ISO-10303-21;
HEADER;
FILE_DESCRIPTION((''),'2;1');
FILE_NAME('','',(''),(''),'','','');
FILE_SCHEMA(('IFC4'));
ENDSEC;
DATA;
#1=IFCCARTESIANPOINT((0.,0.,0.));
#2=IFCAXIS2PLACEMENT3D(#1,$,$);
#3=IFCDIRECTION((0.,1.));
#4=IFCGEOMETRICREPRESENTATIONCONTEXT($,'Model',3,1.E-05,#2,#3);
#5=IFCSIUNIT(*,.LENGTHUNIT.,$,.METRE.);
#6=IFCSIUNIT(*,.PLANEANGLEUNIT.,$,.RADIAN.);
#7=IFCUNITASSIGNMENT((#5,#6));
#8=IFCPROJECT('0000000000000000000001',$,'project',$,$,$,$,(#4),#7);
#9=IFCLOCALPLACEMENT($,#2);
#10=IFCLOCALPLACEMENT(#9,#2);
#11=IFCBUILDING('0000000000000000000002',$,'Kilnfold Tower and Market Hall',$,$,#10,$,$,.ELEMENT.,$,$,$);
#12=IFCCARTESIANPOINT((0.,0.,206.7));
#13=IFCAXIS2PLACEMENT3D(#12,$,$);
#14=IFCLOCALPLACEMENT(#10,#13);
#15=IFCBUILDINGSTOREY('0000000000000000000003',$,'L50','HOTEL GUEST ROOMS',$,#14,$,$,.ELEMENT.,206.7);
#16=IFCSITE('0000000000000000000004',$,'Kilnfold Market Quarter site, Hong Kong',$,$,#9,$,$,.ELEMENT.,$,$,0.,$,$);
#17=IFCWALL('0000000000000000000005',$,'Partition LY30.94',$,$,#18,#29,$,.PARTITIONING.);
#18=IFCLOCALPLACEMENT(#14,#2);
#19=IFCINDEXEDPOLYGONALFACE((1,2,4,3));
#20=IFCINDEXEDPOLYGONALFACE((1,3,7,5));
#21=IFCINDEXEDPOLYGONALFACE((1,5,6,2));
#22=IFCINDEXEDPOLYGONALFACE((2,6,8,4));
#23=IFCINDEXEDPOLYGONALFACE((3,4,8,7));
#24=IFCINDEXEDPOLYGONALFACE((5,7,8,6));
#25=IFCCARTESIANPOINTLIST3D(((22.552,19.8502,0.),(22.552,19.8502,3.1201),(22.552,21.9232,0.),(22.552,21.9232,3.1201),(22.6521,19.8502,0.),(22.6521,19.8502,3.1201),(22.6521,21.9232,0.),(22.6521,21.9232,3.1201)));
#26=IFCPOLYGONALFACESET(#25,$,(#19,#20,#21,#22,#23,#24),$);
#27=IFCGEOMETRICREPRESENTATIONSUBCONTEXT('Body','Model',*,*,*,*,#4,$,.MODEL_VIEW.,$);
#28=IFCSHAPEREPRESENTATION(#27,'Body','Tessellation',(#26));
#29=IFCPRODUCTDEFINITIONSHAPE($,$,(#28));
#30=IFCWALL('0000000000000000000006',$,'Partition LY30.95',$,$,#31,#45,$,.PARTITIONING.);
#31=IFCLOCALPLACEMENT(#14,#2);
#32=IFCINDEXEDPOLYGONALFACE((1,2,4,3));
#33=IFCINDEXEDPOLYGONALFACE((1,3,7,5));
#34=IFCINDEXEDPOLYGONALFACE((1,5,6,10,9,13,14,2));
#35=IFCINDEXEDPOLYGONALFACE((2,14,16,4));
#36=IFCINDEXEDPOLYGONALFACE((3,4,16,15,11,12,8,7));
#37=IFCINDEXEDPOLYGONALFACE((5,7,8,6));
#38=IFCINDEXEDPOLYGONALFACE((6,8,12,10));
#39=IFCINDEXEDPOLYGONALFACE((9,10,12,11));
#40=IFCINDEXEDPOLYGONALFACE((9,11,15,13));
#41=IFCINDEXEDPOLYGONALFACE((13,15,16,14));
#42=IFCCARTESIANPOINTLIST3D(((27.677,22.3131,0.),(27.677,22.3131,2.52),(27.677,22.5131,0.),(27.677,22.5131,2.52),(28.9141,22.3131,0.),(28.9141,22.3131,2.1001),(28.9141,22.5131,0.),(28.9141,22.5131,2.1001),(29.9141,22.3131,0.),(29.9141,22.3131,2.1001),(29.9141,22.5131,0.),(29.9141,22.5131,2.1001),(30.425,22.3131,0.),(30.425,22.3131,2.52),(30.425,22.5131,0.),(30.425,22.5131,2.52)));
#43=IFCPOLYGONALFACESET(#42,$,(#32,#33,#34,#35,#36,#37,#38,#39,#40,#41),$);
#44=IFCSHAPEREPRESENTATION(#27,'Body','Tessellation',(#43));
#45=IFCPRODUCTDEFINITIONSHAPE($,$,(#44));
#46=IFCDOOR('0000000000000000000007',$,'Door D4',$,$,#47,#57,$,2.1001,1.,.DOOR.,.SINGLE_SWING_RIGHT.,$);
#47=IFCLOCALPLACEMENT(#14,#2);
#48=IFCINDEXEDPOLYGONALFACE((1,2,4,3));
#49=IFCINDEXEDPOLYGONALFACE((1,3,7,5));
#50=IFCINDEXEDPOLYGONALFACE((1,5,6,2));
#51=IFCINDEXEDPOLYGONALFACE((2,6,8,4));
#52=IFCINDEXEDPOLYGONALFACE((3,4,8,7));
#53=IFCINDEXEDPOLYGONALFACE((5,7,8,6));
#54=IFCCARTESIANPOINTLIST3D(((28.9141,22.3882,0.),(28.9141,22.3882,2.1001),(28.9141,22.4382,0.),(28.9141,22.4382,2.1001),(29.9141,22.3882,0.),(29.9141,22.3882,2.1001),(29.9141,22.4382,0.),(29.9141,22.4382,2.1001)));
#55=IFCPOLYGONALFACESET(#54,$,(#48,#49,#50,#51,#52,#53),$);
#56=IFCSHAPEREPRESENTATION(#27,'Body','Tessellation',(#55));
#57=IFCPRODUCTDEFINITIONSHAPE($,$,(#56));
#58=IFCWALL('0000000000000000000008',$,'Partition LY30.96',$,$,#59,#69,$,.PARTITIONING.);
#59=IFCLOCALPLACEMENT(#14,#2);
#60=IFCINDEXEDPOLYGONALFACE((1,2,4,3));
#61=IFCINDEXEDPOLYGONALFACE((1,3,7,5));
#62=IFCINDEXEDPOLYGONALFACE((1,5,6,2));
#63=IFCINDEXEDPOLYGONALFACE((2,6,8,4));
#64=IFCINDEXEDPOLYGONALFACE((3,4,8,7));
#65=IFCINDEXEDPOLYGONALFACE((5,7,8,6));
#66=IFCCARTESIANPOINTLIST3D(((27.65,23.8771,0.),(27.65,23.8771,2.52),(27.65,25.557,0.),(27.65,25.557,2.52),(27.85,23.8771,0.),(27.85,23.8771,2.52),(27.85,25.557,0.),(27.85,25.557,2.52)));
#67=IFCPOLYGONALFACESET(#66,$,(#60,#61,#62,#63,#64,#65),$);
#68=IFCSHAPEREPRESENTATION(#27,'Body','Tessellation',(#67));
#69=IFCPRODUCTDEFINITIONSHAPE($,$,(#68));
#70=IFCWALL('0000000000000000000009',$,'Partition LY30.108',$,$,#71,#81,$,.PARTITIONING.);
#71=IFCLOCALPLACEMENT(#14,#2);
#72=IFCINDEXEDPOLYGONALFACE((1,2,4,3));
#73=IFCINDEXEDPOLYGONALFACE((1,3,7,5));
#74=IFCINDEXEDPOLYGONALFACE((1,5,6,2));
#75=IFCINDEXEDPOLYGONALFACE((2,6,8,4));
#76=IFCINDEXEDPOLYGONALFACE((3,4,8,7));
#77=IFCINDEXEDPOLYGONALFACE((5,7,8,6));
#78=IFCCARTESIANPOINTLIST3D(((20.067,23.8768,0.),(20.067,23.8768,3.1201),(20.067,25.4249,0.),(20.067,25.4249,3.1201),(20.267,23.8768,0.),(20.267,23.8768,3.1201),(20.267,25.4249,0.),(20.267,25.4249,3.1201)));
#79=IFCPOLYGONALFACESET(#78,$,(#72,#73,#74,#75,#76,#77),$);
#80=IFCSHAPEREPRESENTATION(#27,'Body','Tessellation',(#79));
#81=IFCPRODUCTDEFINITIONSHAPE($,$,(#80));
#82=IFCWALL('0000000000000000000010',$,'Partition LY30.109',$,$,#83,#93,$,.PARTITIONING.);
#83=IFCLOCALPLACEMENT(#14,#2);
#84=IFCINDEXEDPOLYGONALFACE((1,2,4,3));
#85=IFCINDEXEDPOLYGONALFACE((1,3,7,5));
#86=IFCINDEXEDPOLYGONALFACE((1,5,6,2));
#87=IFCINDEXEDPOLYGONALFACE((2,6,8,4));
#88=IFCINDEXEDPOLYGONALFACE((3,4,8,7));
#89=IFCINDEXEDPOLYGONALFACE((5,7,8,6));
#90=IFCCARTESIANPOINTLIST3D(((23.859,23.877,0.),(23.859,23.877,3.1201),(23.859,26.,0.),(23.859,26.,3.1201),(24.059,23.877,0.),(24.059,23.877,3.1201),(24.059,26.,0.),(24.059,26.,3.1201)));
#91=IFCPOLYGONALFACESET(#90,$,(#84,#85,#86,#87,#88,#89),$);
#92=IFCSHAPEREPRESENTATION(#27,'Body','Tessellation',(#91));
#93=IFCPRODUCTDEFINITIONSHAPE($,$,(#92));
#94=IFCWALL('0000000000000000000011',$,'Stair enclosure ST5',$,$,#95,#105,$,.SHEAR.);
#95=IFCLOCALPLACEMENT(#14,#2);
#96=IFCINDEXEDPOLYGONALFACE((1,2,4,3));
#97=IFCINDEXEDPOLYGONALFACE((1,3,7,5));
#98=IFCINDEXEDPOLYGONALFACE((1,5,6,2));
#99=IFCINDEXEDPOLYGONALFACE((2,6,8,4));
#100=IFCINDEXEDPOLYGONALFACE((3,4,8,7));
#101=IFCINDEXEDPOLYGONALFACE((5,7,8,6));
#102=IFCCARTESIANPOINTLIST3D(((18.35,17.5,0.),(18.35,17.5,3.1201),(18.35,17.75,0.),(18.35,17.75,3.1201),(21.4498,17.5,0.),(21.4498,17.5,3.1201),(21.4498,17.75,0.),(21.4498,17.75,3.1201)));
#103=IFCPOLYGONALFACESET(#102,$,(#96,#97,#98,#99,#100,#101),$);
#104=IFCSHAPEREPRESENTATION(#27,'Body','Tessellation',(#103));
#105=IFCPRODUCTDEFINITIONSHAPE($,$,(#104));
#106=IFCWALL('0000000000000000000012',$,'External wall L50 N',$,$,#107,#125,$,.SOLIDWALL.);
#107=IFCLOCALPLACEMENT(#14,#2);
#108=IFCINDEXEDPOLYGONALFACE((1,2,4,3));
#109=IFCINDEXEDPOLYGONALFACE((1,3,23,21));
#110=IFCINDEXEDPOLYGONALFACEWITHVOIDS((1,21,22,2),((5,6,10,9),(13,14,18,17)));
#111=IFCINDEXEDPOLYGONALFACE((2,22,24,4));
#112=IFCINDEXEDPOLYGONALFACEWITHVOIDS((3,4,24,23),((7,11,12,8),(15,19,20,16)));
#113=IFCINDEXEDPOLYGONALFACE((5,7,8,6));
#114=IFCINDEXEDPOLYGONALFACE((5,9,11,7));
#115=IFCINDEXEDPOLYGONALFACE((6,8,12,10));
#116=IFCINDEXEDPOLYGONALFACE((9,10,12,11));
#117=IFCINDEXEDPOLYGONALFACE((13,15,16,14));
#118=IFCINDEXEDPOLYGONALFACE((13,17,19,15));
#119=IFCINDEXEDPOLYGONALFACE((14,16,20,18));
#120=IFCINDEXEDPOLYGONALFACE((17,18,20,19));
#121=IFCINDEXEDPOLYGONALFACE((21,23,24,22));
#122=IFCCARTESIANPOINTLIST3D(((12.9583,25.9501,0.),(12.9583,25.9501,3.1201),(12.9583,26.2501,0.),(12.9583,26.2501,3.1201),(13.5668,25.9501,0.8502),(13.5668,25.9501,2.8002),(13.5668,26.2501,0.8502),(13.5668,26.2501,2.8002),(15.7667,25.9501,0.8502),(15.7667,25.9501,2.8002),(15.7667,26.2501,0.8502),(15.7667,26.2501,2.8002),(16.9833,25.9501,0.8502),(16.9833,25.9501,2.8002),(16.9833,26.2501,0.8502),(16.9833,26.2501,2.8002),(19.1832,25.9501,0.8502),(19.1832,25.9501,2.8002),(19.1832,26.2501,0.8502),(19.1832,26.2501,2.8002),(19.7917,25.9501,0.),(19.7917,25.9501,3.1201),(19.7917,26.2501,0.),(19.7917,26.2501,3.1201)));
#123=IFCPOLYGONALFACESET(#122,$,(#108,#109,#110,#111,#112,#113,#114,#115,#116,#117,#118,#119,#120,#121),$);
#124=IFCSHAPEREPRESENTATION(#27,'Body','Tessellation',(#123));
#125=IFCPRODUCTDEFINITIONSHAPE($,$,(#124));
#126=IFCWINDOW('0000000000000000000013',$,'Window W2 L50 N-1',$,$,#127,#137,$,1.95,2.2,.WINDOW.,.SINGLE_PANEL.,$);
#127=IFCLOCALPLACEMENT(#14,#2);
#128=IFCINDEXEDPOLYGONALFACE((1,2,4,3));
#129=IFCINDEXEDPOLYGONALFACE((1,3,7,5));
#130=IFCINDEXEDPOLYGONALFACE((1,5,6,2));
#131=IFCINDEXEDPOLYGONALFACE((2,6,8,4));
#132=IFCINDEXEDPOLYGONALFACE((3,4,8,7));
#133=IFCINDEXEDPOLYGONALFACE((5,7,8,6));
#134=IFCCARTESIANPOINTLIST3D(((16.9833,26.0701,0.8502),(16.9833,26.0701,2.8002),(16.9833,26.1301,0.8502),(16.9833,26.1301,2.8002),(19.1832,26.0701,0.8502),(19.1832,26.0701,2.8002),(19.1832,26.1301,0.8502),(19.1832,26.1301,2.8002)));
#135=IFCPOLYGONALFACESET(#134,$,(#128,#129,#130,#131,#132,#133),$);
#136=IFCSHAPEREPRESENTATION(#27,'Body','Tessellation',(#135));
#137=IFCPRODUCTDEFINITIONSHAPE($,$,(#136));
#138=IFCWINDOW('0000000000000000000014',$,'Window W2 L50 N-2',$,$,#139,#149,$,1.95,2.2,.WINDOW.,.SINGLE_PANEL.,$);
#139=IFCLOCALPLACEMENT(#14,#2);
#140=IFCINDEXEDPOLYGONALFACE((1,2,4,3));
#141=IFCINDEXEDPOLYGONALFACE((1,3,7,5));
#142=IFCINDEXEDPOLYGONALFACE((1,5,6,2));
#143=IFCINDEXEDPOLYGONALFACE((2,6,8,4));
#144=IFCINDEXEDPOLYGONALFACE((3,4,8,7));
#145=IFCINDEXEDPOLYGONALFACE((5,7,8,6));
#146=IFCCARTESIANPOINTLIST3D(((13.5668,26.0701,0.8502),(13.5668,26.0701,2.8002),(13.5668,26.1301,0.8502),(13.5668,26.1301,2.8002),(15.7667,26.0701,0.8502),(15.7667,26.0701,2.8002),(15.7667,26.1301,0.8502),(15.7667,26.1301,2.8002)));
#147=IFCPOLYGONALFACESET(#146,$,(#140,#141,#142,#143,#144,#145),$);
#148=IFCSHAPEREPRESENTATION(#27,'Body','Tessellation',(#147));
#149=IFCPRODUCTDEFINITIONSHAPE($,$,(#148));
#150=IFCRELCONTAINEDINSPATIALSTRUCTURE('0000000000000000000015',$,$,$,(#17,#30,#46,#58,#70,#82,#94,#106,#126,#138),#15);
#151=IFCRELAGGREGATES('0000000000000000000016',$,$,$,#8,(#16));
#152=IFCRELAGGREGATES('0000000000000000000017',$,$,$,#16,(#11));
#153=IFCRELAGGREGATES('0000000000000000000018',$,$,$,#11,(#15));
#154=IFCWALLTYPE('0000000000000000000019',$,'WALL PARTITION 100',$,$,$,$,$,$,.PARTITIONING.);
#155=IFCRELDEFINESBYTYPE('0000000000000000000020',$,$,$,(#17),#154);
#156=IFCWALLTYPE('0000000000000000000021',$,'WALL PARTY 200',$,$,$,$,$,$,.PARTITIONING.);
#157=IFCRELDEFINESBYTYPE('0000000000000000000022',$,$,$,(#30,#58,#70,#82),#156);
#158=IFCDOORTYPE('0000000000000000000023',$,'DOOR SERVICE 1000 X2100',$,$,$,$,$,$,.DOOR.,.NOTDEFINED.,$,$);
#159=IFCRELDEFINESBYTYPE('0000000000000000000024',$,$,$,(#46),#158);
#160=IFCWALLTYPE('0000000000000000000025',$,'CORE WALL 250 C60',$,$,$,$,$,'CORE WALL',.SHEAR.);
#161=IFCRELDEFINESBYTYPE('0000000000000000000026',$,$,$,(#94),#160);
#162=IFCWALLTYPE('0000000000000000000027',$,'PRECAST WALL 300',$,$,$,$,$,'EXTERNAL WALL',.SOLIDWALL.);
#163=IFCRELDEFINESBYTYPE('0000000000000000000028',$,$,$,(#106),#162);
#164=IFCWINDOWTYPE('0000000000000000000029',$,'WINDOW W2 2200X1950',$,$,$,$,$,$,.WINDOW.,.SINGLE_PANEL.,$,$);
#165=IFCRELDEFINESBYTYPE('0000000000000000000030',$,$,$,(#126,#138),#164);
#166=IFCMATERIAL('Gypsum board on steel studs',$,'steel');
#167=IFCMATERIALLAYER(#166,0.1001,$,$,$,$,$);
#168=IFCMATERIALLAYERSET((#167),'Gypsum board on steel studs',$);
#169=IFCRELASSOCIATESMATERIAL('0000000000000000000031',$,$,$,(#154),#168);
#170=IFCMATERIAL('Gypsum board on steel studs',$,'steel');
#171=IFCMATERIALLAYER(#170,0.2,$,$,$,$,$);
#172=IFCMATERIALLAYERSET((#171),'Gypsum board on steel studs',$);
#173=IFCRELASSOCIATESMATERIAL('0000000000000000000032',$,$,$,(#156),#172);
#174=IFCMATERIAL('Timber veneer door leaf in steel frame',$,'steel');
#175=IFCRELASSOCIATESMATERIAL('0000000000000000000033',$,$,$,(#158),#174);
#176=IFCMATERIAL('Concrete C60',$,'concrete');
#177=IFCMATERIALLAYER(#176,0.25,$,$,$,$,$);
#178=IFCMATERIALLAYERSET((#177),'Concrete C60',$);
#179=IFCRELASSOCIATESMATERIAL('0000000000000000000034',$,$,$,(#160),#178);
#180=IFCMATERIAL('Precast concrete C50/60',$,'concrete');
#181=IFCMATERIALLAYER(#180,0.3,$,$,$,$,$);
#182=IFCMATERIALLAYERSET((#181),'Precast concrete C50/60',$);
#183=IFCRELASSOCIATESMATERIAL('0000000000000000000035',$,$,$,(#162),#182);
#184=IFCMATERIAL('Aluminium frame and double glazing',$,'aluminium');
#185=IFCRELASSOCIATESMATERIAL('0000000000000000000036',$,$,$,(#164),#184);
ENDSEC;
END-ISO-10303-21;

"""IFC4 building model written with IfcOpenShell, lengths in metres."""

from ifc_helpers import new_model, si_unit, direction, frame, frame_2d, origin, place, context, subcontext, project, spatial, rectangle, extrude, source, transform, mapped, material, layer, layer_set, type_object, element, fill, save


model = new_model("IFC4")

# Units and contexts
model_context = context("Model", 3, precision=1e-05, world=origin(), true_north=direction((0.0, 1.0)))
body_context = subcontext(model_context, "Body", "Model", "MODEL_VIEW")
ifc_project = project(units=[si_unit("LENGTHUNIT", "METRE"), si_unit("PLANEANGLEUNIT", "RADIAN")], contexts=[model_context])

# Site, building, storey
site_placement = place(None, origin())
site = spatial("IfcSite", under=ifc_project, at=site_placement, Name="Kilnfold Market Quarter site, Hong Kong", CompositionType="ELEMENT", RefElevation=0.0)
building_placement = place(site_placement, origin())
building = spatial("IfcBuilding", under=site, at=building_placement, Name="Kilnfold Tower and Market Hall", CompositionType="ELEMENT")
storey_placement = place(building_placement, frame((0.0, 0.0, 206.7)))
storey = spatial("IfcBuildingStorey", under=building, at=storey_placement, Name="L50", Description="HOTEL GUEST ROOMS", CompositionType="ELEMENT", Elevation=206.7)

# Shared definitions
ifc_material_1 = material(Name="Gypsum board on steel studs", Category="steel")
ifc_layer_1 = layer(ifc_material_1, 0.1001)
ifc_layer_set_1 = layer_set([ifc_layer_1], Name="Gypsum board on steel studs")
wall_type_1 = type_object("IfcWallType", Name="WALL PARTITION 100", PredefinedType="PARTITIONING", material=ifc_layer_set_1)

# Wall
wall_1_placement = place(storey_placement, frame((22.6021, 19.8501, 0.0), z_axis=(0.0, 0.0, 1.0), x_axis=(0.0, 1.0, 0.0)))
element("IfcWall", 1, at=wall_1_placement, inside=storey, type_object=wall_type_1, Name="Partition LY30.94", PredefinedType="PARTITIONING", context=body_context, shape_type="SweptSolid", body=[
    extrude(rectangle(XDim=2.073, YDim=0.1001, at=frame_2d((1.0366, 0.0))), origin(), (0.0, 0.0, 1.0), 3.1201),
])

# Wall, opening, door
ifc_material_2 = material(Name="Gypsum board on steel studs", Category="steel")
ifc_layer_2 = layer(ifc_material_2, 0.2)
ifc_layer_set_2 = layer_set([ifc_layer_2], Name="Gypsum board on steel studs")
wall_type_2 = type_object("IfcWallType", Name="WALL PARTY 200", PredefinedType="PARTITIONING", material=ifc_layer_set_2)
wall_2_placement = place(storey_placement, frame((30.425, 22.4131, 0.0), z_axis=(0.0, 0.0, 1.0), x_axis=(-1.0, 0.0, 0.0)))
wall_2 = element("IfcWall", 2, at=wall_2_placement, inside=storey, type_object=wall_type_2, Name="Partition LY30.95", PredefinedType="PARTITIONING", context=body_context, shape_type="SweptSolid", body=[
    extrude(rectangle(XDim=2.748, YDim=0.2, at=frame_2d((1.374, 0.0))), origin(), (0.0, 0.0, 1.0), 2.52),
])
opening_1_placement = place(wall_2_placement, frame((0.511, 0.0, 0.0)))
opening_1 = element("IfcOpeningElement", 3, at=opening_1_placement, cuts=wall_2, PredefinedType="OPENING", context=body_context, shape_type="SweptSolid", body=[
    extrude(rectangle(XDim=1.0, YDim=2.1001, at=frame_2d((0.5, 1.05))), frame((0.0, 0.1099, 0.0), z_axis=(0.0, -1.0, 0.0), x_axis=(1.0, 0.0, 0.0)), (0.0, 0.0, 1.0), 0.22),
])
ifc_material_3 = material(Name="Timber veneer door leaf in steel frame", Category="steel")
door_type_1 = type_object("IfcDoorType", Name="DOOR SERVICE 1000 X2100", OperationType="NOTDEFINED", PredefinedType="DOOR", material=ifc_material_3)
door_1_placement = place(opening_1_placement, origin())
door_1 = element("IfcDoor", 4, at=door_1_placement, inside=storey, type_object=door_type_1, Name="Door D4", OperationType="SINGLE_SWING_RIGHT", OverallHeight=2.1001, OverallWidth=1.0, PredefinedType="DOOR", context=body_context, shape_type="SweptSolid", body=[
    extrude(rectangle(XDim=1.0, YDim=2.1001, at=frame_2d((0.5, 1.05))), frame((0.0, 0.0249, 0.0), z_axis=(0.0, -1.0, 0.0), x_axis=(1.0, 0.0, 0.0)), (0.0, 0.0, 1.0), 0.05),
])
fill(opening_1, door_1)

# Walls
wall_3_placement = place(storey_placement, frame((27.75, 25.5569, 0.0), z_axis=(0.0, 0.0, 1.0), x_axis=(0.0, -1.0, 0.0)))
element("IfcWall", 5, at=wall_3_placement, inside=storey, type_object=wall_type_2, Name="Partition LY30.96", PredefinedType="PARTITIONING", context=body_context, shape_type="SweptSolid", body=[
    extrude(rectangle(XDim=1.6799, YDim=0.2, at=frame_2d((0.8398, 0.0))), origin(), (0.0, 0.0, 1.0), 2.52),
])
wall_4_placement = place(storey_placement, frame((20.167, 23.877, 0.0), z_axis=(0.0, 0.0, 1.0), x_axis=(0.0, 1.0, 0.0)))
element("IfcWall", 6, at=wall_4_placement, inside=storey, type_object=wall_type_2, Name="Partition LY30.108", PredefinedType="PARTITIONING", context=body_context, shape_type="SweptSolid", body=[
    extrude(rectangle(XDim=1.5481, YDim=0.2, at=frame_2d((0.7739, 0.0))), origin(), (0.0, 0.0, 1.0), 3.1201),
])
wall_5_placement = place(storey_placement, frame((23.959, 23.877, 0.0), z_axis=(0.0, 0.0, 1.0), x_axis=(0.0, 1.0, 0.0)))
element("IfcWall", 7, at=wall_5_placement, inside=storey, type_object=wall_type_2, Name="Partition LY30.109", PredefinedType="PARTITIONING", context=body_context, shape_type="SweptSolid", body=[
    extrude(rectangle(XDim=2.123, YDim=0.2, at=frame_2d((1.0615, 0.0))), origin(), (0.0, 0.0, 1.0), 3.1201),
])
ifc_material_4 = material(Name="Concrete C60", Category="concrete")
ifc_layer_3 = layer(ifc_material_4, 0.25)
ifc_layer_set_3 = layer_set([ifc_layer_3], Name="Concrete C60")
wall_type_3 = type_object("IfcWallType", Name="CORE WALL 250 C60", ElementType="CORE WALL", PredefinedType="SHEAR", material=ifc_layer_set_3)
shared_shape_1 = source(origin(), body_context, "Body", "SweptSolid", [
    extrude(rectangle(XDim=3.0999, YDim=0.25, at=frame_2d((1.5498, 0.0))), origin(), (0.0, 0.0, 1.0), 3.1201),
])
wall_6_placement = place(storey_placement, frame((18.3501, 17.625, 0.0), z_axis=(0.0, 0.0, 1.0), x_axis=(1.0, 0.0, 0.0)))
element("IfcWall", 8, at=wall_6_placement, inside=storey, type_object=wall_type_3, Name="Stair enclosure ST5", PredefinedType="SHEAR", context=body_context, shape_type="MappedRepresentation", body=[
    mapped(shared_shape_1, transform((0.0, 0.0, 0.0))),
])

# Wall, openings, windows
ifc_material_5 = material(Name="Precast concrete C50/60", Category="concrete")
ifc_layer_4 = layer(ifc_material_5, 0.3)
ifc_layer_set_4 = layer_set([ifc_layer_4], Name="Precast concrete C50/60")
wall_type_4 = type_object("IfcWallType", Name="PRECAST WALL 300", ElementType="EXTERNAL WALL", PredefinedType="SOLIDWALL", material=ifc_layer_set_4)
shared_shape_2 = source(origin(), body_context, "Body", "SweptSolid", [
    extrude(rectangle(XDim=6.8335, YDim=0.3, at=frame_2d((3.4167, 0.0))), origin(), (0.0, 0.0, 1.0), 3.1201),
])
wall_7_placement = place(storey_placement, frame((19.7917, 26.1001, 0.0), z_axis=(0.0, 0.0, 1.0), x_axis=(-1.0, 0.0, 0.0)))
wall_7 = element("IfcWall", 9, at=wall_7_placement, inside=storey, type_object=wall_type_4, Name="External wall L50 N", PredefinedType="SOLIDWALL", context=body_context, shape_type="MappedRepresentation", body=[
    mapped(shared_shape_2, transform((0.0, 0.0, 0.0))),
])
opening_2_placement = place(wall_7_placement, frame((0.6084, 0.0, 0.8501)))
opening_2 = element("IfcOpeningElement", 10, at=opening_2_placement, cuts=wall_7, PredefinedType="OPENING", context=body_context, shape_type="SweptSolid", body=[
    extrude(rectangle(XDim=2.2, YDim=1.95, at=frame_2d((1.1001, 0.9751))), frame((0.0, 0.1602, 0.0), z_axis=(0.0, -1.0, 0.0), x_axis=(1.0, 0.0, 0.0)), (0.0, 0.0, 1.0), 0.3201),
])
opening_3_placement = place(wall_7_placement, frame((4.0249, 0.0, 0.8501)))
opening_3 = element("IfcOpeningElement", 11, at=opening_3_placement, cuts=wall_7, PredefinedType="OPENING", context=body_context, shape_type="SweptSolid", body=[
    extrude(rectangle(XDim=2.2, YDim=1.95, at=frame_2d((1.1001, 0.9751))), frame((0.0, 0.1602, 0.0), z_axis=(0.0, -1.0, 0.0), x_axis=(1.0, 0.0, 0.0)), (0.0, 0.0, 1.0), 0.3201),
])
ifc_material_6 = material(Name="Aluminium frame and double glazing", Category="aluminium")
window_type = type_object("IfcWindowType", Name="WINDOW W2 2200X1950", PartitioningType="SINGLE_PANEL", PredefinedType="WINDOW", material=ifc_material_6)
window_1_placement = place(opening_2_placement, origin())
window_1 = element("IfcWindow", 12, at=window_1_placement, inside=storey, type_object=window_type, Name="Window W2 L50 N-1", OverallHeight=1.95, OverallWidth=2.2, PartitioningType="SINGLE_PANEL", PredefinedType="WINDOW", context=body_context, shape_type="SweptSolid", body=[
    extrude(rectangle(XDim=2.2, YDim=1.95, at=frame_2d((1.1001, 0.9751))), frame((0.0, 0.03, 0.0), z_axis=(0.0, -1.0, 0.0), x_axis=(1.0, 0.0, 0.0)), (0.0, 0.0, 1.0), 0.0601),
])
fill(opening_2, window_1)
window_2_placement = place(opening_3_placement, origin())
window_2 = element("IfcWindow", 13, at=window_2_placement, inside=storey, type_object=window_type, Name="Window W2 L50 N-2", OverallHeight=1.95, OverallWidth=2.2, PartitioningType="SINGLE_PANEL", PredefinedType="WINDOW", context=body_context, shape_type="SweptSolid", body=[
    extrude(rectangle(XDim=2.2, YDim=1.95, at=frame_2d((1.1001, 0.9751))), frame((0.0, 0.03, 0.0), z_axis=(0.0, -1.0, 0.0), x_axis=(1.0, 0.0, 0.0)), (0.0, 0.0, 1.0), 0.0601),
])
fill(opening_3, window_2)

save(model, "model.ifc")
